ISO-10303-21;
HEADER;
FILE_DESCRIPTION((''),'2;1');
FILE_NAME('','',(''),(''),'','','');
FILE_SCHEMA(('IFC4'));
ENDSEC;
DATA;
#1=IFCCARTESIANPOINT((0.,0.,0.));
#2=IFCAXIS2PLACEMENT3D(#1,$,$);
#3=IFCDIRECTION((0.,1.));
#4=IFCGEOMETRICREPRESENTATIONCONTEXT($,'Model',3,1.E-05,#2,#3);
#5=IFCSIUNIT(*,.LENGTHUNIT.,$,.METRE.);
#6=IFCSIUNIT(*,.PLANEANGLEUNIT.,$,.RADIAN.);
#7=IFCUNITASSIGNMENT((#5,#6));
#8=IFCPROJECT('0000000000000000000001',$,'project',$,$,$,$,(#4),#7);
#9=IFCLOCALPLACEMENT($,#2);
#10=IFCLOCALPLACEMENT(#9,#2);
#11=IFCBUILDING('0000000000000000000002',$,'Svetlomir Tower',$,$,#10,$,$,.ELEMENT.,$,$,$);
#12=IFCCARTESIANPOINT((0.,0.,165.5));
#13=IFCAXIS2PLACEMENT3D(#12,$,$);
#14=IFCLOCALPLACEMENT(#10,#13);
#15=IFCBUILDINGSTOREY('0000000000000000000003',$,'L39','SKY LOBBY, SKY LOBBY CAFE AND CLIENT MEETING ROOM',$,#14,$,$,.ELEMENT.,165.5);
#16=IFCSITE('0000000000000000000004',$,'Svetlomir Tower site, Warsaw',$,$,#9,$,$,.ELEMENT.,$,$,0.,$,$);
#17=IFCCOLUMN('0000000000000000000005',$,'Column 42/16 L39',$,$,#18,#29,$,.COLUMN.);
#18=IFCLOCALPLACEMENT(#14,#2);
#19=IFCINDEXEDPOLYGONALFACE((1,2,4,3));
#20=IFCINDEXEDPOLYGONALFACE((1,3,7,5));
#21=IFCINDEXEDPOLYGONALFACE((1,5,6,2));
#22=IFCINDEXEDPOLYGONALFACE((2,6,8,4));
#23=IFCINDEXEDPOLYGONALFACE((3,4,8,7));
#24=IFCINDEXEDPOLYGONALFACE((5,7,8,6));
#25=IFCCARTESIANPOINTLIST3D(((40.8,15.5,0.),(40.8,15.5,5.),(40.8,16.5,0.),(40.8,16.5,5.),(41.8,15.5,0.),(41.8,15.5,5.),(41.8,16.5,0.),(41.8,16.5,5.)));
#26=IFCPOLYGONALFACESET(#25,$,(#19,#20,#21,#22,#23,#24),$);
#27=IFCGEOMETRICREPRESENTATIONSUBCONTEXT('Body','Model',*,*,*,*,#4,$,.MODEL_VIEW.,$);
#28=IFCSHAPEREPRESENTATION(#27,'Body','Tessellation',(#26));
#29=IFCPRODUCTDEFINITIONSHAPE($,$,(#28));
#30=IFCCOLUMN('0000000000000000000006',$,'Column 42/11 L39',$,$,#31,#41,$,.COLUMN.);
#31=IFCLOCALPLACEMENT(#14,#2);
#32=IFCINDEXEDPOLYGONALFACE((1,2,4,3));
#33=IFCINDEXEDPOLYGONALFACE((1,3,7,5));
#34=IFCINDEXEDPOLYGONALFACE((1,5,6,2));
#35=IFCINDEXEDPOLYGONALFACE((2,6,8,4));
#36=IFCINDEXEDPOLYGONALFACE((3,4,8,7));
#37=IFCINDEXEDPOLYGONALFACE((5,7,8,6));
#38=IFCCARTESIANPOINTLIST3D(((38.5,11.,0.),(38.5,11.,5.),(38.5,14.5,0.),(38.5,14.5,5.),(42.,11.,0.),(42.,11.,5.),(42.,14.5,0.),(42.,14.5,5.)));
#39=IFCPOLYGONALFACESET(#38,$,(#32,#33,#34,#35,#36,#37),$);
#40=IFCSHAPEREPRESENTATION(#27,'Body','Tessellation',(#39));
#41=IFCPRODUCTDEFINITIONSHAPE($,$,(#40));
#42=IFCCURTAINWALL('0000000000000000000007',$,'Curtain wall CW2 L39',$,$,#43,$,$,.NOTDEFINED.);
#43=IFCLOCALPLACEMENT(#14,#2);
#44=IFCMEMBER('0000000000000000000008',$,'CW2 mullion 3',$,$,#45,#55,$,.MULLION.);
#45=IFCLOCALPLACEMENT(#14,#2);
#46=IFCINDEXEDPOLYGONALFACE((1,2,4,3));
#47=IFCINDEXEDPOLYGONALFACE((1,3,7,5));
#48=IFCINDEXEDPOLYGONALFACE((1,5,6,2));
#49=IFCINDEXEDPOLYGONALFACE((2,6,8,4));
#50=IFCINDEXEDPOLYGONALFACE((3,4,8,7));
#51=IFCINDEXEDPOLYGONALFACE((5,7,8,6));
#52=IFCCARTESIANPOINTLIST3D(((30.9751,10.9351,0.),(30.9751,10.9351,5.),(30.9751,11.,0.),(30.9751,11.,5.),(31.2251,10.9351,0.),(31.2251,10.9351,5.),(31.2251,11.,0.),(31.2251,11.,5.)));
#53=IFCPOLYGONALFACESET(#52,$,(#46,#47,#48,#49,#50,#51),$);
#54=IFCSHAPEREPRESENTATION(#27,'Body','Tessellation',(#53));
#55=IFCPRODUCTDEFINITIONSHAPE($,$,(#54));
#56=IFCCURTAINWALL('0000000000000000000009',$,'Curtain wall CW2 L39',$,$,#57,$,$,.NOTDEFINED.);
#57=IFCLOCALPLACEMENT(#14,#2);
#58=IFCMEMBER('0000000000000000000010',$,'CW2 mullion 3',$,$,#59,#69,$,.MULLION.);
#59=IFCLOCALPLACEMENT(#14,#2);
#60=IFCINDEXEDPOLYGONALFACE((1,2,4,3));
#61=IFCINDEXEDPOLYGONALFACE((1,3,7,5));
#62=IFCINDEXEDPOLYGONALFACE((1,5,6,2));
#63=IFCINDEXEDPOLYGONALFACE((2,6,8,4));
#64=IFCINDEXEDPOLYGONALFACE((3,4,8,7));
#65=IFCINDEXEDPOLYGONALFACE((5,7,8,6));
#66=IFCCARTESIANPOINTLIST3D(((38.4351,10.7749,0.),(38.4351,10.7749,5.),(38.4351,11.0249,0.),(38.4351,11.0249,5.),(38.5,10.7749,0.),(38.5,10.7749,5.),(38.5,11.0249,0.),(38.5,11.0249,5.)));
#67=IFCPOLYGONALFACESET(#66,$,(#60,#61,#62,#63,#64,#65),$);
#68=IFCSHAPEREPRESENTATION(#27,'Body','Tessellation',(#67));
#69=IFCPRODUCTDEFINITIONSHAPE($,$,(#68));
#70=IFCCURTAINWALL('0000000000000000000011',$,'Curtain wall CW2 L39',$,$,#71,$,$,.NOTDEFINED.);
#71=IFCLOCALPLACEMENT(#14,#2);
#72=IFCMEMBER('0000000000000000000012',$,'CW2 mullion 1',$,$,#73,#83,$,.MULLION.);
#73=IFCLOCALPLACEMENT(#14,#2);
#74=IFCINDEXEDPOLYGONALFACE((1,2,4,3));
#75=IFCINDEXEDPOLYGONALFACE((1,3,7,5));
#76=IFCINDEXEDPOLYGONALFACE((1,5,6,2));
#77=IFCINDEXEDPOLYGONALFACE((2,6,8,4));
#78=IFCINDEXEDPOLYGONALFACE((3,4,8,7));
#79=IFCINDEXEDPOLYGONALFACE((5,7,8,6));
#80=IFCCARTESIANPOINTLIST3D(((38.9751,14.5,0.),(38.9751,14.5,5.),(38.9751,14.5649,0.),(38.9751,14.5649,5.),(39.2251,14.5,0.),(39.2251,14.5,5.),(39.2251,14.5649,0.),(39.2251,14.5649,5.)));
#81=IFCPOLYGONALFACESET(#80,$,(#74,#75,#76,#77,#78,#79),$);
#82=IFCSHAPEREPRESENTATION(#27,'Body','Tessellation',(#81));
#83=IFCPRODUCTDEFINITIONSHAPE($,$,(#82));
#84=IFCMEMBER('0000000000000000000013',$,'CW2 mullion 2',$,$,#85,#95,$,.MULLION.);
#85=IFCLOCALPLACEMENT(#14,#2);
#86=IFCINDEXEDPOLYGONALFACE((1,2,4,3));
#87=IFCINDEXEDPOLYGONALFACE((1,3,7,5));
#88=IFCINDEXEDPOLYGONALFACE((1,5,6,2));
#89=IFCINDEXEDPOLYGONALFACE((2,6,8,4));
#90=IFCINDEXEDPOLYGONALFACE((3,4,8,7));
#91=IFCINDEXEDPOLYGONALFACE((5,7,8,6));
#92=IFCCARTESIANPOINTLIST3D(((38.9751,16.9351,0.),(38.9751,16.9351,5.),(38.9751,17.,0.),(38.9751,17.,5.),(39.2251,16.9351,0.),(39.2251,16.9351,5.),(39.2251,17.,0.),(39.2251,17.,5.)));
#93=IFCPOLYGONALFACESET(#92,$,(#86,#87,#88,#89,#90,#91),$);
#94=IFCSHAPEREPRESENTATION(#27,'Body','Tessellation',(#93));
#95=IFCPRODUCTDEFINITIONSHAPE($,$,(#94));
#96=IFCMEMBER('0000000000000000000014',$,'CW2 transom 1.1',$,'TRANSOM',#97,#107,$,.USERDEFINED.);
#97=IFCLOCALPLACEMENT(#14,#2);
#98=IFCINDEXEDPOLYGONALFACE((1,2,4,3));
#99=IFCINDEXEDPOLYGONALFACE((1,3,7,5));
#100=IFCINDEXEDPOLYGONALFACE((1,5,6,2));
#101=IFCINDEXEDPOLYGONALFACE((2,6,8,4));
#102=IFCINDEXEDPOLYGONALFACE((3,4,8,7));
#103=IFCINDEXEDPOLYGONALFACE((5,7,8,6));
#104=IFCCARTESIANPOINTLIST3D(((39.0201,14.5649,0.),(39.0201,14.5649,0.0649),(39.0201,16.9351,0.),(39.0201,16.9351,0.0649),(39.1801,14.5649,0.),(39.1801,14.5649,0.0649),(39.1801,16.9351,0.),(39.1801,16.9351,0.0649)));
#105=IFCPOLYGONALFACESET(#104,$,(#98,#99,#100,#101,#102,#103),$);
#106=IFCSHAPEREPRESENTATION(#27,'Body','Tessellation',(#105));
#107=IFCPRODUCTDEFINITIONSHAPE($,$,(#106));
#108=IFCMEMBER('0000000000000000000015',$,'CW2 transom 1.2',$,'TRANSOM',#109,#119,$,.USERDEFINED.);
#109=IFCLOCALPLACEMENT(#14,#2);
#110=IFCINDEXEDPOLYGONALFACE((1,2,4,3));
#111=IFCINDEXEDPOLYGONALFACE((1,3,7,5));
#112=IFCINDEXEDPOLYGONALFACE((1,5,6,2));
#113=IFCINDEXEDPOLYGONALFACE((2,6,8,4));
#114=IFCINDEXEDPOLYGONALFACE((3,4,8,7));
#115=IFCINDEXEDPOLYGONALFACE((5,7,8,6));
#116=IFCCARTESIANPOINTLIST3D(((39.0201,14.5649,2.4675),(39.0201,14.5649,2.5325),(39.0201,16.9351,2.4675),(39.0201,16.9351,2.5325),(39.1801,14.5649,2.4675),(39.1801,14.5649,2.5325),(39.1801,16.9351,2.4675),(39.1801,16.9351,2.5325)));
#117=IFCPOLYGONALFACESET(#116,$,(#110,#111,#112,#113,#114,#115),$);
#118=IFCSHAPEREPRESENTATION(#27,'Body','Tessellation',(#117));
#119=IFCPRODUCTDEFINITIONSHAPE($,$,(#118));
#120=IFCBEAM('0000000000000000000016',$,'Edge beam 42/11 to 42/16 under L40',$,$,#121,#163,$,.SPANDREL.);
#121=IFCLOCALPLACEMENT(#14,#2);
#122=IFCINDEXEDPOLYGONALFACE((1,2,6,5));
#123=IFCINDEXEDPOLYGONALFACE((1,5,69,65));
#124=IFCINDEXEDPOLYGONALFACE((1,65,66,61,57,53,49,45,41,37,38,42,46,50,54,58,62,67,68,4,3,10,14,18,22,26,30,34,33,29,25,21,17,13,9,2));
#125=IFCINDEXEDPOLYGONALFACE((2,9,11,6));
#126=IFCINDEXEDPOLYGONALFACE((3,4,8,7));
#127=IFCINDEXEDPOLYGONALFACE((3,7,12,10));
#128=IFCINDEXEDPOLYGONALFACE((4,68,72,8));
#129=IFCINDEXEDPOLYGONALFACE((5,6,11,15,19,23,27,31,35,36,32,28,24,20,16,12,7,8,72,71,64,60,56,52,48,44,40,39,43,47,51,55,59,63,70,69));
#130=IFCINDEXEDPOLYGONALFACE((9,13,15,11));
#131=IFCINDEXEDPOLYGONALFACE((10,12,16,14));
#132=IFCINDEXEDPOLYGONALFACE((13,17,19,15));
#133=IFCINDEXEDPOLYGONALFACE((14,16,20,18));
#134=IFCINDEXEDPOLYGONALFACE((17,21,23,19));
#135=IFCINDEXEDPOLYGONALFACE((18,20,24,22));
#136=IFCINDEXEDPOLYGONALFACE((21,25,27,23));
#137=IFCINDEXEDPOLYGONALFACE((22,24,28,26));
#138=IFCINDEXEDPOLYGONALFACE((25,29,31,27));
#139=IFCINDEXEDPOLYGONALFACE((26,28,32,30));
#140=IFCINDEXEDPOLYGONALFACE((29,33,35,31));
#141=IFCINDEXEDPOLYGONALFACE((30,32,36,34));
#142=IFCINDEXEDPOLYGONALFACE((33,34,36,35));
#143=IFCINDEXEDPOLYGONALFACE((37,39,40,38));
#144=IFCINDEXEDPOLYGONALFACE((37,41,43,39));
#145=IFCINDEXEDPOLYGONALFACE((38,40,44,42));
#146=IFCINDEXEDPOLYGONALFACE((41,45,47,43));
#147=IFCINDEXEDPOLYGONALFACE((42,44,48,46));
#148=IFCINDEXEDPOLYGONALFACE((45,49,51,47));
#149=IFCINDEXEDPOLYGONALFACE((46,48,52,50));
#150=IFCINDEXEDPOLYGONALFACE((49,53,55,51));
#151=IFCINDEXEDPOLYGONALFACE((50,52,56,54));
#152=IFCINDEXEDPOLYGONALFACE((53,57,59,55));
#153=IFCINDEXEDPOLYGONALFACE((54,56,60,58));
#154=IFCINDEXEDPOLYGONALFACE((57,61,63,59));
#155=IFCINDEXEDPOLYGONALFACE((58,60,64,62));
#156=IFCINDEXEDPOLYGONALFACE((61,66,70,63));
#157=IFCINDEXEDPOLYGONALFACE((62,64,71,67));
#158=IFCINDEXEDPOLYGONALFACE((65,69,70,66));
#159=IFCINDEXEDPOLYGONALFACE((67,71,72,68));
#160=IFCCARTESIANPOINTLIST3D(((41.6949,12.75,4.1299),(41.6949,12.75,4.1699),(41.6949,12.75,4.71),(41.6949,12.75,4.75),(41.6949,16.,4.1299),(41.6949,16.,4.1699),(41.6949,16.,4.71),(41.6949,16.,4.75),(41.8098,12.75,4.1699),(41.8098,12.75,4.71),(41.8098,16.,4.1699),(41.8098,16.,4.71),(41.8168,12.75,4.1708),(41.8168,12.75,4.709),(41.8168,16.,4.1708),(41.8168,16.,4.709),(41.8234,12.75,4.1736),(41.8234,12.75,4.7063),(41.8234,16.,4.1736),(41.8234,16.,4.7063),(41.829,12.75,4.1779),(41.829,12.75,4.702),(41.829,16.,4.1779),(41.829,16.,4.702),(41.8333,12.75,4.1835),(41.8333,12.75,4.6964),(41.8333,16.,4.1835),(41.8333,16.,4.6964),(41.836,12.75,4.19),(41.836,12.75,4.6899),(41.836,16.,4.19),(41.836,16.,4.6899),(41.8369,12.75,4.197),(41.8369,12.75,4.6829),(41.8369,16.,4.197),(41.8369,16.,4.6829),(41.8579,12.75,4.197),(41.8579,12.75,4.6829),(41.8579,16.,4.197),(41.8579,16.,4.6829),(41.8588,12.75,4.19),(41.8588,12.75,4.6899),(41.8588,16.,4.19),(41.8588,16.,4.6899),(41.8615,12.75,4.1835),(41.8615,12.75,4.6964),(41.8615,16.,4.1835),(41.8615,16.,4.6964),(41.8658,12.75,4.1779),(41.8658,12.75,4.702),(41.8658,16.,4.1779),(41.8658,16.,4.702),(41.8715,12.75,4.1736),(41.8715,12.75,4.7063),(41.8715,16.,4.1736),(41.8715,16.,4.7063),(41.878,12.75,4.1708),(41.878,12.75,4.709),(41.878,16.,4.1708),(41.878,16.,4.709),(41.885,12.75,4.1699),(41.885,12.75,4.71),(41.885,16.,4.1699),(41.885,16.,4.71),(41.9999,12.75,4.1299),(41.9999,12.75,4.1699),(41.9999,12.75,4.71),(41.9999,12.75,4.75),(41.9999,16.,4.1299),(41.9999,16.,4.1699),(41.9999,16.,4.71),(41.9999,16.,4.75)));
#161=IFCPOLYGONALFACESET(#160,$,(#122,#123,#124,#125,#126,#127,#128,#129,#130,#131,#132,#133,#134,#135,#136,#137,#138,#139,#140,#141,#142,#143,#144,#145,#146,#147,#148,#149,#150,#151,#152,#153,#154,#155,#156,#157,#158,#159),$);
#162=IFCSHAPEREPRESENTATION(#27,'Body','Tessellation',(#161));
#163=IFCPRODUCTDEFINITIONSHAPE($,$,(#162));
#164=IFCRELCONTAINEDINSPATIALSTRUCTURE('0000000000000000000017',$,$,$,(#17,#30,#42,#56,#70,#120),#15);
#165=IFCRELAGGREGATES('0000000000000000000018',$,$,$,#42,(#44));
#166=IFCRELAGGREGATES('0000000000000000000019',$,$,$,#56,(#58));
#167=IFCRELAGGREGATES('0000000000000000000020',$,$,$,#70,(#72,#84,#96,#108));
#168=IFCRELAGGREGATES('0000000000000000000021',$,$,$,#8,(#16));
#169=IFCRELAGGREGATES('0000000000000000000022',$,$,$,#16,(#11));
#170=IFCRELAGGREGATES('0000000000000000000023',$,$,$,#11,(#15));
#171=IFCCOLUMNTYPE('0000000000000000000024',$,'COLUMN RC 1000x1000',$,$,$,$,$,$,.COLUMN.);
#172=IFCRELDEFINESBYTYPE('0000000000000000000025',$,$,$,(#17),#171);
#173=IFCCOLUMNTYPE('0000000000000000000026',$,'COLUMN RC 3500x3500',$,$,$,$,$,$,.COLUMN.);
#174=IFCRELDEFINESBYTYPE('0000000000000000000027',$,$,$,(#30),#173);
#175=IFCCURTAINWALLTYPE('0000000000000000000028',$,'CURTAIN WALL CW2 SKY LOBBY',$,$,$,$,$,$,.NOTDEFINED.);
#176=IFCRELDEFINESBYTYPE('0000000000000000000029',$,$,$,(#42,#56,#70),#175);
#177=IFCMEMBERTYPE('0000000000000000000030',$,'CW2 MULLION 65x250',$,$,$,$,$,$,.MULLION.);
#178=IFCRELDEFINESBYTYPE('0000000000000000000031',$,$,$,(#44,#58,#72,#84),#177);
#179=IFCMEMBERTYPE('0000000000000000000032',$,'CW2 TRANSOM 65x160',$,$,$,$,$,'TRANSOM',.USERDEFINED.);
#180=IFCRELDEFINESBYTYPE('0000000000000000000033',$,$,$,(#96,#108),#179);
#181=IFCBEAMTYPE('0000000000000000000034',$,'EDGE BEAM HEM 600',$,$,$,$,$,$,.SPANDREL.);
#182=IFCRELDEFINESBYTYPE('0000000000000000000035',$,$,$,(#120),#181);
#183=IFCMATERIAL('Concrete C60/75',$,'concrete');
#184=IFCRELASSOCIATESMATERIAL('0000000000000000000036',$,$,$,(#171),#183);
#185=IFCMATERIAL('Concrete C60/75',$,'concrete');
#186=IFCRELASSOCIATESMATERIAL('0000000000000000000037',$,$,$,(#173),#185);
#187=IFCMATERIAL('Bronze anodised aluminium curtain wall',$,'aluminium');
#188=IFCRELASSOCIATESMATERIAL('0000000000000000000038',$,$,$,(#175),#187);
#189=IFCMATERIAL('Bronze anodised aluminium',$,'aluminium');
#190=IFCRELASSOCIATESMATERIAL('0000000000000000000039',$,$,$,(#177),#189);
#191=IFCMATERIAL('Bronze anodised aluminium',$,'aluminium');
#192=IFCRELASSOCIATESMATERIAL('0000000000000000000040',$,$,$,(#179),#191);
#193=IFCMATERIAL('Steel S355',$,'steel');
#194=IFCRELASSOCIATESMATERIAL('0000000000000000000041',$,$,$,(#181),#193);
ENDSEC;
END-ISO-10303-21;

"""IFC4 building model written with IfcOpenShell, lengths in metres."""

from ifc_helpers import new_model, si_unit, direction, frame, origin, origin_2d, place, context, subcontext, project, spatial, rectangle, i_section, extrude, material, material_profile, profile_set, type_object, element, aggregate, save


model = new_model("IFC4")

# Units and contexts
model_context = context("Model", 3, precision=1e-05, world=origin(), true_north=direction((0.0, 1.0)))
body_context = subcontext(model_context, "Body", "Model", "MODEL_VIEW")
ifc_project = project(units=[si_unit("LENGTHUNIT", "METRE"), si_unit("PLANEANGLEUNIT", "RADIAN")], contexts=[model_context])

# Site, building, storey
site_placement = place(None, origin())
site = spatial("IfcSite", under=ifc_project, at=site_placement, Name="Svetlomir Tower site, Warsaw", CompositionType="ELEMENT", RefElevation=0.0)
building_placement = place(site_placement, origin())
building = spatial("IfcBuilding", under=site, at=building_placement, Name="Svetlomir Tower", CompositionType="ELEMENT")
storey_placement = place(building_placement, frame((0.0, 0.0, 165.5)))
storey = spatial("IfcBuildingStorey", under=building, at=storey_placement, Name="L39", Description="SKY LOBBY, SKY LOBBY CAFE AND CLIENT MEETING ROOM", CompositionType="ELEMENT", Elevation=165.5)

# Columns
ifc_material_1 = material(Name="Concrete C60/75", Category="concrete")
ifc_material_profile_1 = material_profile(ifc_material_1, rectangle(XDim=1.0, YDim=1.0, at=origin_2d()), Name="RC 1000x1000")
ifc_profile_set_1 = profile_set([ifc_material_profile_1], Name="Concrete C60/75")
column_type_1 = type_object("IfcColumnType", Name="COLUMN RC 1000x1000", PredefinedType="COLUMN", material=ifc_profile_set_1)
column_1_placement = place(storey_placement, frame((41.3, 16.0, 0.0), z_axis=(0.0, 0.0, 1.0), x_axis=(1.0, 0.0, 0.0)))
element("IfcColumn", 1, at=column_1_placement, inside=storey, type_object=column_type_1, Name="Column 42/16 L39", PredefinedType="COLUMN", context=body_context, shape_type="SweptSolid", body=[
    extrude(rectangle(XDim=1.0, YDim=1.0, at=origin_2d()), origin(), (0.0, 0.0, 1.0), 5.0),
])
ifc_material_2 = material(Name="Concrete C60/75", Category="concrete")
ifc_material_profile_2 = material_profile(ifc_material_2, rectangle(XDim=3.5, YDim=3.5, at=origin_2d()), Name="RC 3500x3500")
ifc_profile_set_2 = profile_set([ifc_material_profile_2], Name="Concrete C60/75")
column_type_2 = type_object("IfcColumnType", Name="COLUMN RC 3500x3500", PredefinedType="COLUMN", material=ifc_profile_set_2)
column_2_placement = place(storey_placement, frame((40.25, 12.75, 0.0), z_axis=(0.0, 0.0, 1.0), x_axis=(1.0, 0.0, 0.0)))
element("IfcColumn", 2, at=column_2_placement, inside=storey, type_object=column_type_2, Name="Column 42/11 L39", PredefinedType="COLUMN", context=body_context, shape_type="SweptSolid", body=[
    extrude(rectangle(XDim=3.5, YDim=3.5, at=origin_2d()), origin(), (0.0, 0.0, 1.0), 5.0),
])

# Curtain walls, members
ifc_material_3 = material(Name="Bronze anodised aluminium curtain wall", Category="aluminium")
curtain_wall_type = type_object("IfcCurtainWallType", Name="CURTAIN WALL CW2 SKY LOBBY", PredefinedType="NOTDEFINED", material=ifc_material_3)
curtain_wall_1_placement = place(storey_placement, origin())
curtain_wall_1 = element("IfcCurtainWall", 3, at=curtain_wall_1_placement, inside=storey, type_object=curtain_wall_type, Name="Curtain wall CW2 L39", PredefinedType="NOTDEFINED")
ifc_material_4 = material(Name="Bronze anodised aluminium", Category="aluminium")
ifc_material_profile_3 = material_profile(ifc_material_4, rectangle(XDim=0.0649, YDim=0.25, at=origin_2d()), Name="AL 65x250")
ifc_profile_set_3 = profile_set([ifc_material_profile_3], Name="Bronze anodised aluminium 6063-T6")
member_type_1 = type_object("IfcMemberType", Name="CW2 MULLION 65x250", PredefinedType="MULLION", material=ifc_profile_set_3)
member_1_placement = place(storey_placement, frame((31.1001, 10.9675, 0.0), z_axis=(0.0, 0.0, 1.0), x_axis=(0.0, 1.0, 0.0)))
member_1 = element("IfcMember", 4, at=member_1_placement, type_object=member_type_1, Name="CW2 mullion 3", PredefinedType="MULLION", context=body_context, shape_type="SweptSolid", body=[
    extrude(rectangle(XDim=0.0649, YDim=0.25, at=origin_2d()), origin(), (0.0, 0.0, 1.0), 5.0),
])
aggregate(curtain_wall_1, [member_1])
curtain_wall_2_placement = place(storey_placement, origin())
curtain_wall_2 = element("IfcCurtainWall", 5, at=curtain_wall_2_placement, inside=storey, type_object=curtain_wall_type, Name="Curtain wall CW2 L39", PredefinedType="NOTDEFINED")
member_2_placement = place(storey_placement, frame((38.4675, 10.8999, 0.0), z_axis=(0.0, 0.0, 1.0), x_axis=(1.0, 0.0, 0.0)))
member_2 = element("IfcMember", 6, at=member_2_placement, type_object=member_type_1, Name="CW2 mullion 3", PredefinedType="MULLION", context=body_context, shape_type="SweptSolid", body=[
    extrude(rectangle(XDim=0.0649, YDim=0.25, at=origin_2d()), origin(), (0.0, 0.0, 1.0), 5.0),
])

# Curtain wall, members
curtain_wall_3_placement = place(storey_placement, origin())
curtain_wall_3 = element("IfcCurtainWall", 7, at=curtain_wall_3_placement, inside=storey, type_object=curtain_wall_type, Name="Curtain wall CW2 L39", PredefinedType="NOTDEFINED")
member_3_placement = place(storey_placement, frame((39.1001, 14.5325, 0.0), z_axis=(0.0, 0.0, 1.0), x_axis=(0.0, 1.0, 0.0)))
member_3 = element("IfcMember", 8, at=member_3_placement, type_object=member_type_1, Name="CW2 mullion 1", PredefinedType="MULLION", context=body_context, shape_type="SweptSolid", body=[
    extrude(rectangle(XDim=0.0649, YDim=0.25, at=origin_2d()), origin(), (0.0, 0.0, 1.0), 5.0),
])
member_4_placement = place(storey_placement, frame((39.1001, 16.9675, 0.0), z_axis=(0.0, 0.0, 1.0), x_axis=(0.0, 1.0, 0.0)))
member_4 = element("IfcMember", 9, at=member_4_placement, type_object=member_type_1, Name="CW2 mullion 2", PredefinedType="MULLION", context=body_context, shape_type="SweptSolid", body=[
    extrude(rectangle(XDim=0.0649, YDim=0.25, at=origin_2d()), origin(), (0.0, 0.0, 1.0), 5.0),
])
ifc_material_5 = material(Name="Bronze anodised aluminium", Category="aluminium")
ifc_material_profile_4 = material_profile(ifc_material_5, rectangle(XDim=0.1599, YDim=0.0649, at=origin_2d()), Name="AL 160x65")
ifc_profile_set_4 = profile_set([ifc_material_profile_4], Name="Bronze anodised aluminium 6063-T6")
member_type_2 = type_object("IfcMemberType", Name="CW2 TRANSOM 65x160", ElementType="TRANSOM", PredefinedType="USERDEFINED", material=ifc_profile_set_4)
member_5_placement = place(storey_placement, frame((39.1001, 14.5649, 0.0325), z_axis=(0.0, 1.0, 0.0), x_axis=(-1.0, 0.0, 0.0)))
member_5 = element("IfcMember", 10, at=member_5_placement, type_object=member_type_2, Name="CW2 transom 1.1", ObjectType="TRANSOM", PredefinedType="USERDEFINED", context=body_context, shape_type="SweptSolid", body=[
    extrude(rectangle(XDim=0.1599, YDim=0.0649, at=origin_2d()), origin(), (0.0, 0.0, 1.0), 2.3701),
])
member_6_placement = place(storey_placement, frame((39.1001, 14.5649, 2.5), z_axis=(0.0, 1.0, 0.0), x_axis=(-1.0, 0.0, 0.0)))
member_6 = element("IfcMember", 11, at=member_6_placement, type_object=member_type_2, Name="CW2 transom 1.2", ObjectType="TRANSOM", PredefinedType="USERDEFINED", context=body_context, shape_type="SweptSolid", body=[
    extrude(rectangle(XDim=0.1599, YDim=0.0649, at=origin_2d()), origin(), (0.0, 0.0, 1.0), 2.3701),
])

# Beam
ifc_material_6 = material(Name="Steel S355", Category="steel")
ifc_material_profile_5 = material_profile(ifc_material_6, i_section(OverallWidth=0.3049, OverallDepth=0.6201, WebThickness=0.021, FlangeThickness=0.04, FilletRadius=0.0271, at=origin_2d()), Name="HEM 600")
ifc_profile_set_5 = profile_set([ifc_material_profile_5], Name="Steel S355")
beam_type_1 = type_object("IfcBeamType", Name="EDGE BEAM HEM 600", PredefinedType="SPANDREL", material=ifc_profile_set_5)
beam_1_placement = place(storey_placement, frame((41.8474, 12.75, 4.4399), z_axis=(0.0, 1.0, 0.0), x_axis=(-1.0, 0.0, 0.0)))
element("IfcBeam", 12, at=beam_1_placement, inside=storey, type_object=beam_type_1, Name="Edge beam 42/11 to 42/16 under L40", PredefinedType="SPANDREL", context=body_context, shape_type="SweptSolid", body=[
    extrude(i_section(OverallWidth=0.3049, OverallDepth=0.6201, WebThickness=0.021, FlangeThickness=0.04, FilletRadius=0.0271, at=origin_2d()), origin(), (0.0, 0.0, 1.0), 3.25),
])

aggregate(curtain_wall_2, [member_2])
aggregate(curtain_wall_3, [member_3, member_4, member_5, member_6])

save(model, "model.ifc")
